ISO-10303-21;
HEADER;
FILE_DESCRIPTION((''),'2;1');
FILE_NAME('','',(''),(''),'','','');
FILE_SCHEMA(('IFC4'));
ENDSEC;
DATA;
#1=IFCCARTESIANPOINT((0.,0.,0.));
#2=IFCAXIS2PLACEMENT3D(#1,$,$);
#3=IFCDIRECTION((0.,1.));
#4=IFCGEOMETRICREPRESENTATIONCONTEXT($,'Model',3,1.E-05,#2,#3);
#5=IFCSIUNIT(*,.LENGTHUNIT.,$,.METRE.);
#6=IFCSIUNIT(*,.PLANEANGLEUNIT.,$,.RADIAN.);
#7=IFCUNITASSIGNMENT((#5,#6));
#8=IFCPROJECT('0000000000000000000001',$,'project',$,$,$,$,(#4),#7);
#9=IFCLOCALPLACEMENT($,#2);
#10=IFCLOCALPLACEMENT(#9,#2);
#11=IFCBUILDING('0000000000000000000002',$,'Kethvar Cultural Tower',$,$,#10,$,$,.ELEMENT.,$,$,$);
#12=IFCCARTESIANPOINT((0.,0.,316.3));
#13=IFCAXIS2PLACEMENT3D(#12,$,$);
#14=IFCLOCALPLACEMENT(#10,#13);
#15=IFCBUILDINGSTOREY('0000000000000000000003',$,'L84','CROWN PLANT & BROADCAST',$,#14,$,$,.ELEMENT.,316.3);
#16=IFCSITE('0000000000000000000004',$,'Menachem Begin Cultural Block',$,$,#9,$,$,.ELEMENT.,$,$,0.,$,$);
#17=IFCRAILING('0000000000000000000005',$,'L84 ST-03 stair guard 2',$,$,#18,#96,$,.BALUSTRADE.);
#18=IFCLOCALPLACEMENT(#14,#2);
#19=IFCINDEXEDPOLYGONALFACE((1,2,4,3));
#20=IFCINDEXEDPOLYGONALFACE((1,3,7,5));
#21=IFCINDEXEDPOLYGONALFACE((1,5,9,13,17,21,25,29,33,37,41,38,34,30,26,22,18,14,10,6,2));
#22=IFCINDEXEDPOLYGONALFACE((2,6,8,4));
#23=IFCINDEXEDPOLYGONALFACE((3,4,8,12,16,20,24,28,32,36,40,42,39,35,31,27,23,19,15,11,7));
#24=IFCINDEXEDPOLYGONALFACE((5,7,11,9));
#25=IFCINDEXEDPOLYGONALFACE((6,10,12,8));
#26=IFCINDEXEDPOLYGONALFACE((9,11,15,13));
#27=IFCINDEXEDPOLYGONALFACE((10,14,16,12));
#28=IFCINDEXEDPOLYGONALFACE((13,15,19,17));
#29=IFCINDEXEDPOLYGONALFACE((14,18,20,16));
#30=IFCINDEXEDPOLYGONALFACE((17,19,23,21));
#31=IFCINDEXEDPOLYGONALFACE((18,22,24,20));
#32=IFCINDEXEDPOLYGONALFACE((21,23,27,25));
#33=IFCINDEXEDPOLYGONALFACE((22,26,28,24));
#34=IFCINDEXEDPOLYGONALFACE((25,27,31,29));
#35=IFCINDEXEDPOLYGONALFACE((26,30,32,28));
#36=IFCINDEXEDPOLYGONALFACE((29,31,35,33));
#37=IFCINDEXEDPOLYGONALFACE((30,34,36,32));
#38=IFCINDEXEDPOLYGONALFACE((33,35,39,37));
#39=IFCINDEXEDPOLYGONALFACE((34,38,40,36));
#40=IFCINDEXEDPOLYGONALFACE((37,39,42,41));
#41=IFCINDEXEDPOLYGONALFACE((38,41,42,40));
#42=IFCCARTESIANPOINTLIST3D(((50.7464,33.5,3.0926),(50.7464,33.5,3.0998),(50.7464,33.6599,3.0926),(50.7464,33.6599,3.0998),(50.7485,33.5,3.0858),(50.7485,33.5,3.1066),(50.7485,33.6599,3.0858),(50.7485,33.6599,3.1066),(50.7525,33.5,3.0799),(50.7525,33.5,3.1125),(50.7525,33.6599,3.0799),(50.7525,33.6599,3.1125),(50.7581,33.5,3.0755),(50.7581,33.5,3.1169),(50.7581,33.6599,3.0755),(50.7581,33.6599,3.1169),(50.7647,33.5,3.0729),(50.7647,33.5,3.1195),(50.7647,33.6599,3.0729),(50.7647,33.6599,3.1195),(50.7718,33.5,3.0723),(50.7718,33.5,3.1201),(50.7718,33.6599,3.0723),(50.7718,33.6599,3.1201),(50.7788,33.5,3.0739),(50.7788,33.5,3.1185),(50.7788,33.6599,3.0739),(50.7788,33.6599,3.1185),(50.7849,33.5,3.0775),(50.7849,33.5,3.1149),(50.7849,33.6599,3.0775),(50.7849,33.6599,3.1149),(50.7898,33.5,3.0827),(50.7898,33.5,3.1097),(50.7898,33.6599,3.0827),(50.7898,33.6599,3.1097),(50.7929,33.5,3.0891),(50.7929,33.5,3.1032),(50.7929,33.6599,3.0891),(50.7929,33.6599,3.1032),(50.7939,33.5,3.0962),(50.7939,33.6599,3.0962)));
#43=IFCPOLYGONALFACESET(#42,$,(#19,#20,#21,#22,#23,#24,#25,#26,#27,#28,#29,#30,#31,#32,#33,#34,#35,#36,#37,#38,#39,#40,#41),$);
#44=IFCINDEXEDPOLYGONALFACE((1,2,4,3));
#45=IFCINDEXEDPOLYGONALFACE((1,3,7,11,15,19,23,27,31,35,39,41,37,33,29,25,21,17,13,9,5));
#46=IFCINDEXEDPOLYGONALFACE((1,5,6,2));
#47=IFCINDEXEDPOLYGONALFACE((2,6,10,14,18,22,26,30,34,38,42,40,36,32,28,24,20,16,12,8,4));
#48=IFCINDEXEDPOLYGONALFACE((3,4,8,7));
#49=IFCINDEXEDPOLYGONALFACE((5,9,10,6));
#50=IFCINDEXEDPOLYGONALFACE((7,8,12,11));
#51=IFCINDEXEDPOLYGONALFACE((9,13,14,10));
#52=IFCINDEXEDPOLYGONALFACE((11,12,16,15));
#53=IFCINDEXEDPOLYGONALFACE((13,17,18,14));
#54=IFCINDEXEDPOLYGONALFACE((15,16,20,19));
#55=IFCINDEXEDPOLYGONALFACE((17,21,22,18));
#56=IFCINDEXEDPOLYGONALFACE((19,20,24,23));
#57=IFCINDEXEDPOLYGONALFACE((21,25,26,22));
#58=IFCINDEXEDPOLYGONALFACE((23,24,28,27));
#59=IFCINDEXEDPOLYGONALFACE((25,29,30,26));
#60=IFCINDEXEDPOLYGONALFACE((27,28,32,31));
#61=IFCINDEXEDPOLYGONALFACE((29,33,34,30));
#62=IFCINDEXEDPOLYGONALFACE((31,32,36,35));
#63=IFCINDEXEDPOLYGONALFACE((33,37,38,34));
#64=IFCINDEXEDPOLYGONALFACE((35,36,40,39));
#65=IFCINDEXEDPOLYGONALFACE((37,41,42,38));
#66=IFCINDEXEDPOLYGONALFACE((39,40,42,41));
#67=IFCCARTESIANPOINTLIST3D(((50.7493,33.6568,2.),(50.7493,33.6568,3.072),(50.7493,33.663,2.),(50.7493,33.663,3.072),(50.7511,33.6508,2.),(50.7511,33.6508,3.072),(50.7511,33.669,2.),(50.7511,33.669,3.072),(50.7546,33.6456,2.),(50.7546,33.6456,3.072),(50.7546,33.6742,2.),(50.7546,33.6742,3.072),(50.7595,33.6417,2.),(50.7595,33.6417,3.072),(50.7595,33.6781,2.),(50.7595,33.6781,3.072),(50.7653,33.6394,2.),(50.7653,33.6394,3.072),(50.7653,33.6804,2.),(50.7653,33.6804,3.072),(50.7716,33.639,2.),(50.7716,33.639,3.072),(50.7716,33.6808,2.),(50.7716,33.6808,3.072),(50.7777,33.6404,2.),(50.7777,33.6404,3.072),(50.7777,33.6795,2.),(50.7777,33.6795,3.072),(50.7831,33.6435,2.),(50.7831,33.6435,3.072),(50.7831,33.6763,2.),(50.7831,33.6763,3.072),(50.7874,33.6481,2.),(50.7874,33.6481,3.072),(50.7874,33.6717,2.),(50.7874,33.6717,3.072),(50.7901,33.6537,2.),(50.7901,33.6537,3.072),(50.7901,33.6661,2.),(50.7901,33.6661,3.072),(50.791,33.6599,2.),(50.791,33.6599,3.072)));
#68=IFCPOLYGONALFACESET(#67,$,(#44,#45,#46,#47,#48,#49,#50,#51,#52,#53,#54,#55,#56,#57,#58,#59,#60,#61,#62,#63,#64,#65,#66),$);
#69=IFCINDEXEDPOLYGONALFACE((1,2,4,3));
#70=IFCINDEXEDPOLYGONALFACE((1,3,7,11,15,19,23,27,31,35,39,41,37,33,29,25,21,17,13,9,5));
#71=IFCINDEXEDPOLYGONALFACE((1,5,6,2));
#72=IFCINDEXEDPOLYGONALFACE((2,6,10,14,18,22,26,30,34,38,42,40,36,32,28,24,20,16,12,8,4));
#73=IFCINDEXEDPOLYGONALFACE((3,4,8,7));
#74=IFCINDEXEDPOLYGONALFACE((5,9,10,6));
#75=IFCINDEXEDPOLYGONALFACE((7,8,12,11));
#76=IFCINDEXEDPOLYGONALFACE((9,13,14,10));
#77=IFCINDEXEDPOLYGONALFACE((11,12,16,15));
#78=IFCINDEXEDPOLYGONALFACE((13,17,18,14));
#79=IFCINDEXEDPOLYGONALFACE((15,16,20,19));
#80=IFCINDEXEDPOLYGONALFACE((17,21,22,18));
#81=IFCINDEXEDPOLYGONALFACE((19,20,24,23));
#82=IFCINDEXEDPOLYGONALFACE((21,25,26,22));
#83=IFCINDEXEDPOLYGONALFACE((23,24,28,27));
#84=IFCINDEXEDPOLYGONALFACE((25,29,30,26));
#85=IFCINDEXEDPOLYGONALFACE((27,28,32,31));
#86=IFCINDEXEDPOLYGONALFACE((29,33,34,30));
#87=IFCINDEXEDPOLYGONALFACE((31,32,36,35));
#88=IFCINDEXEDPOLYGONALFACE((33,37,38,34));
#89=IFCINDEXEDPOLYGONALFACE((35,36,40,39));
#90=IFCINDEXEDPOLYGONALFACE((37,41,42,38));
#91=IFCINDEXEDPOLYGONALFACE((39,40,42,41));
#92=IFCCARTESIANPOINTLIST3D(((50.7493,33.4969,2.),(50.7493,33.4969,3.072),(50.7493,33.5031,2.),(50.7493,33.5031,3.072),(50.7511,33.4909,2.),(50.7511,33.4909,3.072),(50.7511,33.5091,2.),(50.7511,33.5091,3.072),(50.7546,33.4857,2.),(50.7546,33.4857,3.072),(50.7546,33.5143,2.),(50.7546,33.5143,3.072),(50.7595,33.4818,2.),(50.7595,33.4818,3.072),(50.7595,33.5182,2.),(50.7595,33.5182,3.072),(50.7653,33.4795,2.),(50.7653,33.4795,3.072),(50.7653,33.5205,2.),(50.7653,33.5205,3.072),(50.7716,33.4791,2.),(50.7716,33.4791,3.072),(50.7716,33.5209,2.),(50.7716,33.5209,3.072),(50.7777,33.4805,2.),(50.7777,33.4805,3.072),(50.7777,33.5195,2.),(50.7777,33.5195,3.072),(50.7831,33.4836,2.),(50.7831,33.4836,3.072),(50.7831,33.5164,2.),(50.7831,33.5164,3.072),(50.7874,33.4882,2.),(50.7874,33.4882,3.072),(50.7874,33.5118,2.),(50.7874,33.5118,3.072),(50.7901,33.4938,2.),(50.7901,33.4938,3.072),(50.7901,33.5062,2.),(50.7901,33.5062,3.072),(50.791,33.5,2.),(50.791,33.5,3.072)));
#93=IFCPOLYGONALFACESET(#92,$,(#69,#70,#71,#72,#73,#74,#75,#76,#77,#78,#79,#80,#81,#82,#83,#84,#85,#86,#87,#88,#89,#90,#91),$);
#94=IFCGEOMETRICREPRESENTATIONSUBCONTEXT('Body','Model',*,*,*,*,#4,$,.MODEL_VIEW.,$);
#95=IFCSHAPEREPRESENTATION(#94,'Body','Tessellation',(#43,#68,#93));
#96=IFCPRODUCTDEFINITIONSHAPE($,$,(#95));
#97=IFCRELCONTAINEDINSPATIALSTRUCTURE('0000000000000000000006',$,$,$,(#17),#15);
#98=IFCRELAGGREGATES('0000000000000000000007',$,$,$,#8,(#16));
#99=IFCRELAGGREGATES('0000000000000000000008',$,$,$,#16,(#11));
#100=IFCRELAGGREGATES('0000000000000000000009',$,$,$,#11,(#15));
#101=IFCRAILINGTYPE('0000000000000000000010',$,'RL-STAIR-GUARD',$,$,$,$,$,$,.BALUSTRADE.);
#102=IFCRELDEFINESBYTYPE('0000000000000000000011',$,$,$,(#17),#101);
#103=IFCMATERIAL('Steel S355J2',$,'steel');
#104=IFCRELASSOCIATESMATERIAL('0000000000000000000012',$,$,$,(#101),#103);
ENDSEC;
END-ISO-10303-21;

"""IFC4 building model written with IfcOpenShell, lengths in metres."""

from ifc_helpers import new_model, si_unit, direction, frame, origin, origin_2d, place, context, subcontext, project, spatial, circle, extrude, material, type_object, element, save


model = new_model("IFC4")

# Units and contexts
model_context = context("Model", 3, precision=1e-05, world=origin(), true_north=direction((0.0, 1.0)))
body_context = subcontext(model_context, "Body", "Model", "MODEL_VIEW")
ifc_project = project(units=[si_unit("LENGTHUNIT", "METRE"), si_unit("PLANEANGLEUNIT", "RADIAN")], contexts=[model_context])

# Site, building, storey
site_placement = place(None, origin())
site = spatial("IfcSite", under=ifc_project, at=site_placement, Name="Menachem Begin Cultural Block", CompositionType="ELEMENT", RefElevation=0.0)
building_placement = place(site_placement, origin())
building = spatial("IfcBuilding", under=site, at=building_placement, Name="Kethvar Cultural Tower", CompositionType="ELEMENT")
storey_placement = place(building_placement, frame((0.0, 0.0, 316.3)))
storey = spatial("IfcBuildingStorey", under=building, at=storey_placement, Name="L84", Description="CROWN PLANT & BROADCAST", CompositionType="ELEMENT", Elevation=316.3)

# Shared definitions
ifc_material_1 = material(Name="Steel S355J2", Category="steel")

# Railing
railing_type_1 = type_object("IfcRailingType", Name="RL-STAIR-GUARD", PredefinedType="BALUSTRADE", material=ifc_material_1)
railing_1_placement = place(storey_placement, frame((50.77, 33.6599, 2.0)))
element("IfcRailing", 1, at=railing_1_placement, inside=storey, type_object=railing_type_1, Name="L84 ST-03 stair guard 2", PredefinedType="BALUSTRADE", context=body_context, shape_type="SweptSolid", body=[
    extrude(circle(Radius=0.0239, at=origin_2d()), frame((0.0, 0.0, 1.0962), z_axis=(0.0, -1.0, 0.0), x_axis=(1.0, 0.0, 0.0)), (0.0, 0.0, 1.0), 0.1599),
    extrude(circle(Radius=0.021, at=origin_2d()), origin(), (0.0, 0.0, 1.0), 1.072),
    extrude(circle(Radius=0.021, at=origin_2d()), frame((0.0, -0.1599, 0.0)), (0.0, 0.0, 1.0), 1.072),
])

save(model, "model.ifc")
